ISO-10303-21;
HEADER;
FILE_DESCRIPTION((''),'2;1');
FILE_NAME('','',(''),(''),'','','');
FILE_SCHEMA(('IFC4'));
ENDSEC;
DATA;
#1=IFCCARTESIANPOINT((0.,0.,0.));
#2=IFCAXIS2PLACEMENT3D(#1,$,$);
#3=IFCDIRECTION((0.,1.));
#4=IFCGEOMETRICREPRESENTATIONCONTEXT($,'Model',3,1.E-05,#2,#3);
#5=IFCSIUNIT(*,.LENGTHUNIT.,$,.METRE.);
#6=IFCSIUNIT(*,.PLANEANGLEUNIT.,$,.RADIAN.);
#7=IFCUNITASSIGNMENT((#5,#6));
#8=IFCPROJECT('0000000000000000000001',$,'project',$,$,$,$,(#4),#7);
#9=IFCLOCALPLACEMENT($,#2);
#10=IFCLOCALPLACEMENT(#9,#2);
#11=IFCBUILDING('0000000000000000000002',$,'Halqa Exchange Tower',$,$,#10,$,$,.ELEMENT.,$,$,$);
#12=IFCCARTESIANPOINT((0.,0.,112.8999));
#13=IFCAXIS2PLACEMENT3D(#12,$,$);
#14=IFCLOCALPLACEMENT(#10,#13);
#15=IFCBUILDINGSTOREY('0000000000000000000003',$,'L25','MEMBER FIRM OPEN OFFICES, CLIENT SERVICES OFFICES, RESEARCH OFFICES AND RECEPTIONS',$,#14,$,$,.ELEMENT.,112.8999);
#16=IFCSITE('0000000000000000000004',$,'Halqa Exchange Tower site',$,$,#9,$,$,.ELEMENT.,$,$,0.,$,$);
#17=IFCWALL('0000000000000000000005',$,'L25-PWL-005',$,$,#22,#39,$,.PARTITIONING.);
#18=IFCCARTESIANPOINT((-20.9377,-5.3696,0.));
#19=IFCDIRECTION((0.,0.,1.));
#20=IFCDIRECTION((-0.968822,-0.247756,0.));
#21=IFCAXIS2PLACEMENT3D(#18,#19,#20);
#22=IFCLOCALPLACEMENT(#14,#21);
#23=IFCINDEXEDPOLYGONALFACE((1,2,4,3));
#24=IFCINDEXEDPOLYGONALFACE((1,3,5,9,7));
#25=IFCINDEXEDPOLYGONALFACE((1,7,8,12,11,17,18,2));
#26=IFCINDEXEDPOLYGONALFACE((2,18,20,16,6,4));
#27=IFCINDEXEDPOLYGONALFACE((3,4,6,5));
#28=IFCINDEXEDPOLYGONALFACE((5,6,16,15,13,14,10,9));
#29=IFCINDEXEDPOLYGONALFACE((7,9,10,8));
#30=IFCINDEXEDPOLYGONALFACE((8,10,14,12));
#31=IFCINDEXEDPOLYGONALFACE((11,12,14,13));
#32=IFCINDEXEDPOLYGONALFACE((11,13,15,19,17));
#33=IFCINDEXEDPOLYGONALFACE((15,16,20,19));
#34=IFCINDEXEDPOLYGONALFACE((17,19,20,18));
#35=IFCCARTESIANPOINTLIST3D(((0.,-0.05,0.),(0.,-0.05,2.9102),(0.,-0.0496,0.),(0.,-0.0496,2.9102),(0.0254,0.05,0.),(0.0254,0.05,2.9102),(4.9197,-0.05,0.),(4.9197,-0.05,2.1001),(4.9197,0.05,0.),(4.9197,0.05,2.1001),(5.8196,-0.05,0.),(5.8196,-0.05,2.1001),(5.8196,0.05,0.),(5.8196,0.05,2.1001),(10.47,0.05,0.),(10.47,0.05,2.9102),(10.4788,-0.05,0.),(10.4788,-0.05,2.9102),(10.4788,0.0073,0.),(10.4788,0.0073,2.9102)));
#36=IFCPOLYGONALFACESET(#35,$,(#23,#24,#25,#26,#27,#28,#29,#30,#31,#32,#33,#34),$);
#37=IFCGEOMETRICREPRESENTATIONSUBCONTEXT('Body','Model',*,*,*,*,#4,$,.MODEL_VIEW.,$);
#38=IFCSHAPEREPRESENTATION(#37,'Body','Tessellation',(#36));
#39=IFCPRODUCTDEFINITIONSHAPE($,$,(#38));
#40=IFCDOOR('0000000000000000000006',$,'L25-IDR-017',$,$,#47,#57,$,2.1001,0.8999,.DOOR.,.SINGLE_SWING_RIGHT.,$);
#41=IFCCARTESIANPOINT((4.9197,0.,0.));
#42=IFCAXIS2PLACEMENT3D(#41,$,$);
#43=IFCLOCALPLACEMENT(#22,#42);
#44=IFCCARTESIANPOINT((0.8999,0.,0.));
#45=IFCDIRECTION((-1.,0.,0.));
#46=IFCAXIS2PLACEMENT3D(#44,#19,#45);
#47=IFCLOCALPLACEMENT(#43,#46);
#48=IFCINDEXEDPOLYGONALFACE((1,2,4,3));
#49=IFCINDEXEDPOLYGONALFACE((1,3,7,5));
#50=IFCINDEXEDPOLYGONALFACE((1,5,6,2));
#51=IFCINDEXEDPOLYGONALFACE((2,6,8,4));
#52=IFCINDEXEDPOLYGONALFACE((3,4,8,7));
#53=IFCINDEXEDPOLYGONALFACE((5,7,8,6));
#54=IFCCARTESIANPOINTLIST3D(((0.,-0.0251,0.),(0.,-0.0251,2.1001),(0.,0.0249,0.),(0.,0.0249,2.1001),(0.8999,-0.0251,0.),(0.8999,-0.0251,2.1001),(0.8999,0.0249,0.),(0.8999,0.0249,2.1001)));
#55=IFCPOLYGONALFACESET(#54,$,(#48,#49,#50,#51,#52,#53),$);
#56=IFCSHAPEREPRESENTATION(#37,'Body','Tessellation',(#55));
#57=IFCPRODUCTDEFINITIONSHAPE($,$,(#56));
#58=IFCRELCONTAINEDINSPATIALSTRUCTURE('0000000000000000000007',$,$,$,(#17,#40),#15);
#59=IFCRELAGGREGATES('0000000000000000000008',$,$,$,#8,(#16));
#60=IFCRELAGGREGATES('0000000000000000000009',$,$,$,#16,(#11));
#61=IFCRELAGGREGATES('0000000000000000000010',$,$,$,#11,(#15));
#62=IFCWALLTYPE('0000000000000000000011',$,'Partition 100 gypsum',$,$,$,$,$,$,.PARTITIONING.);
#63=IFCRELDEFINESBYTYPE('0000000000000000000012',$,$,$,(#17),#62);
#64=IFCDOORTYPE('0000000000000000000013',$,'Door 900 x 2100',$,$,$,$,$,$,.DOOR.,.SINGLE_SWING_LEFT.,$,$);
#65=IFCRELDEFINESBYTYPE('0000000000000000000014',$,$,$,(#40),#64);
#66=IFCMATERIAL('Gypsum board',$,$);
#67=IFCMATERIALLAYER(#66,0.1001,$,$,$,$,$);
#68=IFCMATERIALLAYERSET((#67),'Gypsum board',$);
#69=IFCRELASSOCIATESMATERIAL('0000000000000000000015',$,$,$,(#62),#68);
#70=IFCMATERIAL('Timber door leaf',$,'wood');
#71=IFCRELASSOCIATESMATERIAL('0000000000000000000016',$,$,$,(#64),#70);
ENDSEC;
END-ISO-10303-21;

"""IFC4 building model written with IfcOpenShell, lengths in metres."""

from ifc_helpers import new_model, si_unit, direction, frame, frame_2d, origin, place, context, subcontext, project, spatial, polyline, rectangle, outline, extrude, material, layer, layer_set, type_object, element, fill, save


model = new_model("IFC4")

# Units and contexts
model_context = context("Model", 3, precision=1e-05, world=origin(), true_north=direction((0.0, 1.0)))
body_context = subcontext(model_context, "Body", "Model", "MODEL_VIEW")
ifc_project = project(units=[si_unit("LENGTHUNIT", "METRE"), si_unit("PLANEANGLEUNIT", "RADIAN")], contexts=[model_context])

# Site, building, storey
site_placement = place(None, origin())
site = spatial("IfcSite", under=ifc_project, at=site_placement, Name="Halqa Exchange Tower site", CompositionType="ELEMENT", RefElevation=0.0)
building_placement = place(site_placement, origin())
building = spatial("IfcBuilding", under=site, at=building_placement, Name="Halqa Exchange Tower", CompositionType="ELEMENT")
storey_placement = place(building_placement, frame((0.0, 0.0, 112.8999)))
storey = spatial("IfcBuildingStorey", under=building, at=storey_placement, Name="L25", Description="MEMBER FIRM OPEN OFFICES, CLIENT SERVICES OFFICES, RESEARCH OFFICES AND RECEPTIONS", CompositionType="ELEMENT", Elevation=112.8999)

# Shared definitions
ifc_material_1 = material(Name="Gypsum board")
ifc_layer_1 = layer(ifc_material_1, 0.1001)
ifc_layer_set_1 = layer_set([ifc_layer_1], Name="Gypsum board")
wall_type_1 = type_object("IfcWallType", Name="Partition 100 gypsum", PredefinedType="PARTITIONING", material=ifc_layer_set_1)
ifc_material_2 = material(Name="Timber door leaf", Category="wood")
door_type_1 = type_object("IfcDoorType", Name="Door 900 x 2100", OperationType="SINGLE_SWING_LEFT", PredefinedType="DOOR", material=ifc_material_2)

# Wall, opening, door
wall_1_placement = place(storey_placement, frame((-20.9377, -5.3696, 0.0), z_axis=(0.0, 0.0, 1.0), x_axis=(-0.968822, -0.247756, 0.0)))
wall_1 = element("IfcWall", 1, at=wall_1_placement, inside=storey, type_object=wall_type_1, Name="L25-PWL-005", PredefinedType="PARTITIONING", context=body_context, shape_type="SweptSolid", body=[
    extrude(outline(polyline([(10.4788, -0.05), (10.4788, 0.0073), (10.47, 0.05), (8.729, 0.05), (6.9883, 0.05), (5.2476, 0.05), (3.5068, 0.05), (1.7661, 0.05), (0.0254, 0.05), (0.0, -0.0496), (0.0, -0.05), (1.7466, -0.05), (3.4929, -0.05), (5.2393, -0.05), (6.9858, -0.05), (8.7324, -0.05), (10.4788, -0.05)])), origin(), (0.0, 0.0, 1.0), 2.9102),
])
opening_1_placement = place(wall_1_placement, frame((4.9197, 0.0, 0.0)))
opening_1 = element("IfcOpeningElement", 2, at=opening_1_placement, cuts=wall_1, PredefinedType="OPENING", context=body_context, shape_type="SweptSolid", body=[
    extrude(rectangle(XDim=0.8999, YDim=2.1001, at=frame_2d((0.45, 1.05))), frame((0.0, 0.062, 0.0), z_axis=(0.0, -1.0, 0.0), x_axis=(1.0, 0.0, 0.0)), (0.0, 0.0, 1.0), 0.124),
])
door_1_placement = place(opening_1_placement, frame((0.8999, 0.0, 0.0), z_axis=(0.0, 0.0, 1.0), x_axis=(-1.0, 0.0, 0.0)))
door_1 = element("IfcDoor", 3, at=door_1_placement, inside=storey, type_object=door_type_1, Name="L25-IDR-017", OperationType="SINGLE_SWING_RIGHT", OverallHeight=2.1001, OverallWidth=0.8999, PredefinedType="DOOR", context=body_context, shape_type="SweptSolid", body=[
    extrude(rectangle(XDim=0.8999, YDim=2.1001, at=frame_2d((0.45, 1.05))), frame((0.0, 0.0249, 0.0), z_axis=(0.0, -1.0, 0.0), x_axis=(1.0, 0.0, 0.0)), (0.0, 0.0, 1.0), 0.05),
])
fill(opening_1, door_1)

save(model, "model.ifc")
